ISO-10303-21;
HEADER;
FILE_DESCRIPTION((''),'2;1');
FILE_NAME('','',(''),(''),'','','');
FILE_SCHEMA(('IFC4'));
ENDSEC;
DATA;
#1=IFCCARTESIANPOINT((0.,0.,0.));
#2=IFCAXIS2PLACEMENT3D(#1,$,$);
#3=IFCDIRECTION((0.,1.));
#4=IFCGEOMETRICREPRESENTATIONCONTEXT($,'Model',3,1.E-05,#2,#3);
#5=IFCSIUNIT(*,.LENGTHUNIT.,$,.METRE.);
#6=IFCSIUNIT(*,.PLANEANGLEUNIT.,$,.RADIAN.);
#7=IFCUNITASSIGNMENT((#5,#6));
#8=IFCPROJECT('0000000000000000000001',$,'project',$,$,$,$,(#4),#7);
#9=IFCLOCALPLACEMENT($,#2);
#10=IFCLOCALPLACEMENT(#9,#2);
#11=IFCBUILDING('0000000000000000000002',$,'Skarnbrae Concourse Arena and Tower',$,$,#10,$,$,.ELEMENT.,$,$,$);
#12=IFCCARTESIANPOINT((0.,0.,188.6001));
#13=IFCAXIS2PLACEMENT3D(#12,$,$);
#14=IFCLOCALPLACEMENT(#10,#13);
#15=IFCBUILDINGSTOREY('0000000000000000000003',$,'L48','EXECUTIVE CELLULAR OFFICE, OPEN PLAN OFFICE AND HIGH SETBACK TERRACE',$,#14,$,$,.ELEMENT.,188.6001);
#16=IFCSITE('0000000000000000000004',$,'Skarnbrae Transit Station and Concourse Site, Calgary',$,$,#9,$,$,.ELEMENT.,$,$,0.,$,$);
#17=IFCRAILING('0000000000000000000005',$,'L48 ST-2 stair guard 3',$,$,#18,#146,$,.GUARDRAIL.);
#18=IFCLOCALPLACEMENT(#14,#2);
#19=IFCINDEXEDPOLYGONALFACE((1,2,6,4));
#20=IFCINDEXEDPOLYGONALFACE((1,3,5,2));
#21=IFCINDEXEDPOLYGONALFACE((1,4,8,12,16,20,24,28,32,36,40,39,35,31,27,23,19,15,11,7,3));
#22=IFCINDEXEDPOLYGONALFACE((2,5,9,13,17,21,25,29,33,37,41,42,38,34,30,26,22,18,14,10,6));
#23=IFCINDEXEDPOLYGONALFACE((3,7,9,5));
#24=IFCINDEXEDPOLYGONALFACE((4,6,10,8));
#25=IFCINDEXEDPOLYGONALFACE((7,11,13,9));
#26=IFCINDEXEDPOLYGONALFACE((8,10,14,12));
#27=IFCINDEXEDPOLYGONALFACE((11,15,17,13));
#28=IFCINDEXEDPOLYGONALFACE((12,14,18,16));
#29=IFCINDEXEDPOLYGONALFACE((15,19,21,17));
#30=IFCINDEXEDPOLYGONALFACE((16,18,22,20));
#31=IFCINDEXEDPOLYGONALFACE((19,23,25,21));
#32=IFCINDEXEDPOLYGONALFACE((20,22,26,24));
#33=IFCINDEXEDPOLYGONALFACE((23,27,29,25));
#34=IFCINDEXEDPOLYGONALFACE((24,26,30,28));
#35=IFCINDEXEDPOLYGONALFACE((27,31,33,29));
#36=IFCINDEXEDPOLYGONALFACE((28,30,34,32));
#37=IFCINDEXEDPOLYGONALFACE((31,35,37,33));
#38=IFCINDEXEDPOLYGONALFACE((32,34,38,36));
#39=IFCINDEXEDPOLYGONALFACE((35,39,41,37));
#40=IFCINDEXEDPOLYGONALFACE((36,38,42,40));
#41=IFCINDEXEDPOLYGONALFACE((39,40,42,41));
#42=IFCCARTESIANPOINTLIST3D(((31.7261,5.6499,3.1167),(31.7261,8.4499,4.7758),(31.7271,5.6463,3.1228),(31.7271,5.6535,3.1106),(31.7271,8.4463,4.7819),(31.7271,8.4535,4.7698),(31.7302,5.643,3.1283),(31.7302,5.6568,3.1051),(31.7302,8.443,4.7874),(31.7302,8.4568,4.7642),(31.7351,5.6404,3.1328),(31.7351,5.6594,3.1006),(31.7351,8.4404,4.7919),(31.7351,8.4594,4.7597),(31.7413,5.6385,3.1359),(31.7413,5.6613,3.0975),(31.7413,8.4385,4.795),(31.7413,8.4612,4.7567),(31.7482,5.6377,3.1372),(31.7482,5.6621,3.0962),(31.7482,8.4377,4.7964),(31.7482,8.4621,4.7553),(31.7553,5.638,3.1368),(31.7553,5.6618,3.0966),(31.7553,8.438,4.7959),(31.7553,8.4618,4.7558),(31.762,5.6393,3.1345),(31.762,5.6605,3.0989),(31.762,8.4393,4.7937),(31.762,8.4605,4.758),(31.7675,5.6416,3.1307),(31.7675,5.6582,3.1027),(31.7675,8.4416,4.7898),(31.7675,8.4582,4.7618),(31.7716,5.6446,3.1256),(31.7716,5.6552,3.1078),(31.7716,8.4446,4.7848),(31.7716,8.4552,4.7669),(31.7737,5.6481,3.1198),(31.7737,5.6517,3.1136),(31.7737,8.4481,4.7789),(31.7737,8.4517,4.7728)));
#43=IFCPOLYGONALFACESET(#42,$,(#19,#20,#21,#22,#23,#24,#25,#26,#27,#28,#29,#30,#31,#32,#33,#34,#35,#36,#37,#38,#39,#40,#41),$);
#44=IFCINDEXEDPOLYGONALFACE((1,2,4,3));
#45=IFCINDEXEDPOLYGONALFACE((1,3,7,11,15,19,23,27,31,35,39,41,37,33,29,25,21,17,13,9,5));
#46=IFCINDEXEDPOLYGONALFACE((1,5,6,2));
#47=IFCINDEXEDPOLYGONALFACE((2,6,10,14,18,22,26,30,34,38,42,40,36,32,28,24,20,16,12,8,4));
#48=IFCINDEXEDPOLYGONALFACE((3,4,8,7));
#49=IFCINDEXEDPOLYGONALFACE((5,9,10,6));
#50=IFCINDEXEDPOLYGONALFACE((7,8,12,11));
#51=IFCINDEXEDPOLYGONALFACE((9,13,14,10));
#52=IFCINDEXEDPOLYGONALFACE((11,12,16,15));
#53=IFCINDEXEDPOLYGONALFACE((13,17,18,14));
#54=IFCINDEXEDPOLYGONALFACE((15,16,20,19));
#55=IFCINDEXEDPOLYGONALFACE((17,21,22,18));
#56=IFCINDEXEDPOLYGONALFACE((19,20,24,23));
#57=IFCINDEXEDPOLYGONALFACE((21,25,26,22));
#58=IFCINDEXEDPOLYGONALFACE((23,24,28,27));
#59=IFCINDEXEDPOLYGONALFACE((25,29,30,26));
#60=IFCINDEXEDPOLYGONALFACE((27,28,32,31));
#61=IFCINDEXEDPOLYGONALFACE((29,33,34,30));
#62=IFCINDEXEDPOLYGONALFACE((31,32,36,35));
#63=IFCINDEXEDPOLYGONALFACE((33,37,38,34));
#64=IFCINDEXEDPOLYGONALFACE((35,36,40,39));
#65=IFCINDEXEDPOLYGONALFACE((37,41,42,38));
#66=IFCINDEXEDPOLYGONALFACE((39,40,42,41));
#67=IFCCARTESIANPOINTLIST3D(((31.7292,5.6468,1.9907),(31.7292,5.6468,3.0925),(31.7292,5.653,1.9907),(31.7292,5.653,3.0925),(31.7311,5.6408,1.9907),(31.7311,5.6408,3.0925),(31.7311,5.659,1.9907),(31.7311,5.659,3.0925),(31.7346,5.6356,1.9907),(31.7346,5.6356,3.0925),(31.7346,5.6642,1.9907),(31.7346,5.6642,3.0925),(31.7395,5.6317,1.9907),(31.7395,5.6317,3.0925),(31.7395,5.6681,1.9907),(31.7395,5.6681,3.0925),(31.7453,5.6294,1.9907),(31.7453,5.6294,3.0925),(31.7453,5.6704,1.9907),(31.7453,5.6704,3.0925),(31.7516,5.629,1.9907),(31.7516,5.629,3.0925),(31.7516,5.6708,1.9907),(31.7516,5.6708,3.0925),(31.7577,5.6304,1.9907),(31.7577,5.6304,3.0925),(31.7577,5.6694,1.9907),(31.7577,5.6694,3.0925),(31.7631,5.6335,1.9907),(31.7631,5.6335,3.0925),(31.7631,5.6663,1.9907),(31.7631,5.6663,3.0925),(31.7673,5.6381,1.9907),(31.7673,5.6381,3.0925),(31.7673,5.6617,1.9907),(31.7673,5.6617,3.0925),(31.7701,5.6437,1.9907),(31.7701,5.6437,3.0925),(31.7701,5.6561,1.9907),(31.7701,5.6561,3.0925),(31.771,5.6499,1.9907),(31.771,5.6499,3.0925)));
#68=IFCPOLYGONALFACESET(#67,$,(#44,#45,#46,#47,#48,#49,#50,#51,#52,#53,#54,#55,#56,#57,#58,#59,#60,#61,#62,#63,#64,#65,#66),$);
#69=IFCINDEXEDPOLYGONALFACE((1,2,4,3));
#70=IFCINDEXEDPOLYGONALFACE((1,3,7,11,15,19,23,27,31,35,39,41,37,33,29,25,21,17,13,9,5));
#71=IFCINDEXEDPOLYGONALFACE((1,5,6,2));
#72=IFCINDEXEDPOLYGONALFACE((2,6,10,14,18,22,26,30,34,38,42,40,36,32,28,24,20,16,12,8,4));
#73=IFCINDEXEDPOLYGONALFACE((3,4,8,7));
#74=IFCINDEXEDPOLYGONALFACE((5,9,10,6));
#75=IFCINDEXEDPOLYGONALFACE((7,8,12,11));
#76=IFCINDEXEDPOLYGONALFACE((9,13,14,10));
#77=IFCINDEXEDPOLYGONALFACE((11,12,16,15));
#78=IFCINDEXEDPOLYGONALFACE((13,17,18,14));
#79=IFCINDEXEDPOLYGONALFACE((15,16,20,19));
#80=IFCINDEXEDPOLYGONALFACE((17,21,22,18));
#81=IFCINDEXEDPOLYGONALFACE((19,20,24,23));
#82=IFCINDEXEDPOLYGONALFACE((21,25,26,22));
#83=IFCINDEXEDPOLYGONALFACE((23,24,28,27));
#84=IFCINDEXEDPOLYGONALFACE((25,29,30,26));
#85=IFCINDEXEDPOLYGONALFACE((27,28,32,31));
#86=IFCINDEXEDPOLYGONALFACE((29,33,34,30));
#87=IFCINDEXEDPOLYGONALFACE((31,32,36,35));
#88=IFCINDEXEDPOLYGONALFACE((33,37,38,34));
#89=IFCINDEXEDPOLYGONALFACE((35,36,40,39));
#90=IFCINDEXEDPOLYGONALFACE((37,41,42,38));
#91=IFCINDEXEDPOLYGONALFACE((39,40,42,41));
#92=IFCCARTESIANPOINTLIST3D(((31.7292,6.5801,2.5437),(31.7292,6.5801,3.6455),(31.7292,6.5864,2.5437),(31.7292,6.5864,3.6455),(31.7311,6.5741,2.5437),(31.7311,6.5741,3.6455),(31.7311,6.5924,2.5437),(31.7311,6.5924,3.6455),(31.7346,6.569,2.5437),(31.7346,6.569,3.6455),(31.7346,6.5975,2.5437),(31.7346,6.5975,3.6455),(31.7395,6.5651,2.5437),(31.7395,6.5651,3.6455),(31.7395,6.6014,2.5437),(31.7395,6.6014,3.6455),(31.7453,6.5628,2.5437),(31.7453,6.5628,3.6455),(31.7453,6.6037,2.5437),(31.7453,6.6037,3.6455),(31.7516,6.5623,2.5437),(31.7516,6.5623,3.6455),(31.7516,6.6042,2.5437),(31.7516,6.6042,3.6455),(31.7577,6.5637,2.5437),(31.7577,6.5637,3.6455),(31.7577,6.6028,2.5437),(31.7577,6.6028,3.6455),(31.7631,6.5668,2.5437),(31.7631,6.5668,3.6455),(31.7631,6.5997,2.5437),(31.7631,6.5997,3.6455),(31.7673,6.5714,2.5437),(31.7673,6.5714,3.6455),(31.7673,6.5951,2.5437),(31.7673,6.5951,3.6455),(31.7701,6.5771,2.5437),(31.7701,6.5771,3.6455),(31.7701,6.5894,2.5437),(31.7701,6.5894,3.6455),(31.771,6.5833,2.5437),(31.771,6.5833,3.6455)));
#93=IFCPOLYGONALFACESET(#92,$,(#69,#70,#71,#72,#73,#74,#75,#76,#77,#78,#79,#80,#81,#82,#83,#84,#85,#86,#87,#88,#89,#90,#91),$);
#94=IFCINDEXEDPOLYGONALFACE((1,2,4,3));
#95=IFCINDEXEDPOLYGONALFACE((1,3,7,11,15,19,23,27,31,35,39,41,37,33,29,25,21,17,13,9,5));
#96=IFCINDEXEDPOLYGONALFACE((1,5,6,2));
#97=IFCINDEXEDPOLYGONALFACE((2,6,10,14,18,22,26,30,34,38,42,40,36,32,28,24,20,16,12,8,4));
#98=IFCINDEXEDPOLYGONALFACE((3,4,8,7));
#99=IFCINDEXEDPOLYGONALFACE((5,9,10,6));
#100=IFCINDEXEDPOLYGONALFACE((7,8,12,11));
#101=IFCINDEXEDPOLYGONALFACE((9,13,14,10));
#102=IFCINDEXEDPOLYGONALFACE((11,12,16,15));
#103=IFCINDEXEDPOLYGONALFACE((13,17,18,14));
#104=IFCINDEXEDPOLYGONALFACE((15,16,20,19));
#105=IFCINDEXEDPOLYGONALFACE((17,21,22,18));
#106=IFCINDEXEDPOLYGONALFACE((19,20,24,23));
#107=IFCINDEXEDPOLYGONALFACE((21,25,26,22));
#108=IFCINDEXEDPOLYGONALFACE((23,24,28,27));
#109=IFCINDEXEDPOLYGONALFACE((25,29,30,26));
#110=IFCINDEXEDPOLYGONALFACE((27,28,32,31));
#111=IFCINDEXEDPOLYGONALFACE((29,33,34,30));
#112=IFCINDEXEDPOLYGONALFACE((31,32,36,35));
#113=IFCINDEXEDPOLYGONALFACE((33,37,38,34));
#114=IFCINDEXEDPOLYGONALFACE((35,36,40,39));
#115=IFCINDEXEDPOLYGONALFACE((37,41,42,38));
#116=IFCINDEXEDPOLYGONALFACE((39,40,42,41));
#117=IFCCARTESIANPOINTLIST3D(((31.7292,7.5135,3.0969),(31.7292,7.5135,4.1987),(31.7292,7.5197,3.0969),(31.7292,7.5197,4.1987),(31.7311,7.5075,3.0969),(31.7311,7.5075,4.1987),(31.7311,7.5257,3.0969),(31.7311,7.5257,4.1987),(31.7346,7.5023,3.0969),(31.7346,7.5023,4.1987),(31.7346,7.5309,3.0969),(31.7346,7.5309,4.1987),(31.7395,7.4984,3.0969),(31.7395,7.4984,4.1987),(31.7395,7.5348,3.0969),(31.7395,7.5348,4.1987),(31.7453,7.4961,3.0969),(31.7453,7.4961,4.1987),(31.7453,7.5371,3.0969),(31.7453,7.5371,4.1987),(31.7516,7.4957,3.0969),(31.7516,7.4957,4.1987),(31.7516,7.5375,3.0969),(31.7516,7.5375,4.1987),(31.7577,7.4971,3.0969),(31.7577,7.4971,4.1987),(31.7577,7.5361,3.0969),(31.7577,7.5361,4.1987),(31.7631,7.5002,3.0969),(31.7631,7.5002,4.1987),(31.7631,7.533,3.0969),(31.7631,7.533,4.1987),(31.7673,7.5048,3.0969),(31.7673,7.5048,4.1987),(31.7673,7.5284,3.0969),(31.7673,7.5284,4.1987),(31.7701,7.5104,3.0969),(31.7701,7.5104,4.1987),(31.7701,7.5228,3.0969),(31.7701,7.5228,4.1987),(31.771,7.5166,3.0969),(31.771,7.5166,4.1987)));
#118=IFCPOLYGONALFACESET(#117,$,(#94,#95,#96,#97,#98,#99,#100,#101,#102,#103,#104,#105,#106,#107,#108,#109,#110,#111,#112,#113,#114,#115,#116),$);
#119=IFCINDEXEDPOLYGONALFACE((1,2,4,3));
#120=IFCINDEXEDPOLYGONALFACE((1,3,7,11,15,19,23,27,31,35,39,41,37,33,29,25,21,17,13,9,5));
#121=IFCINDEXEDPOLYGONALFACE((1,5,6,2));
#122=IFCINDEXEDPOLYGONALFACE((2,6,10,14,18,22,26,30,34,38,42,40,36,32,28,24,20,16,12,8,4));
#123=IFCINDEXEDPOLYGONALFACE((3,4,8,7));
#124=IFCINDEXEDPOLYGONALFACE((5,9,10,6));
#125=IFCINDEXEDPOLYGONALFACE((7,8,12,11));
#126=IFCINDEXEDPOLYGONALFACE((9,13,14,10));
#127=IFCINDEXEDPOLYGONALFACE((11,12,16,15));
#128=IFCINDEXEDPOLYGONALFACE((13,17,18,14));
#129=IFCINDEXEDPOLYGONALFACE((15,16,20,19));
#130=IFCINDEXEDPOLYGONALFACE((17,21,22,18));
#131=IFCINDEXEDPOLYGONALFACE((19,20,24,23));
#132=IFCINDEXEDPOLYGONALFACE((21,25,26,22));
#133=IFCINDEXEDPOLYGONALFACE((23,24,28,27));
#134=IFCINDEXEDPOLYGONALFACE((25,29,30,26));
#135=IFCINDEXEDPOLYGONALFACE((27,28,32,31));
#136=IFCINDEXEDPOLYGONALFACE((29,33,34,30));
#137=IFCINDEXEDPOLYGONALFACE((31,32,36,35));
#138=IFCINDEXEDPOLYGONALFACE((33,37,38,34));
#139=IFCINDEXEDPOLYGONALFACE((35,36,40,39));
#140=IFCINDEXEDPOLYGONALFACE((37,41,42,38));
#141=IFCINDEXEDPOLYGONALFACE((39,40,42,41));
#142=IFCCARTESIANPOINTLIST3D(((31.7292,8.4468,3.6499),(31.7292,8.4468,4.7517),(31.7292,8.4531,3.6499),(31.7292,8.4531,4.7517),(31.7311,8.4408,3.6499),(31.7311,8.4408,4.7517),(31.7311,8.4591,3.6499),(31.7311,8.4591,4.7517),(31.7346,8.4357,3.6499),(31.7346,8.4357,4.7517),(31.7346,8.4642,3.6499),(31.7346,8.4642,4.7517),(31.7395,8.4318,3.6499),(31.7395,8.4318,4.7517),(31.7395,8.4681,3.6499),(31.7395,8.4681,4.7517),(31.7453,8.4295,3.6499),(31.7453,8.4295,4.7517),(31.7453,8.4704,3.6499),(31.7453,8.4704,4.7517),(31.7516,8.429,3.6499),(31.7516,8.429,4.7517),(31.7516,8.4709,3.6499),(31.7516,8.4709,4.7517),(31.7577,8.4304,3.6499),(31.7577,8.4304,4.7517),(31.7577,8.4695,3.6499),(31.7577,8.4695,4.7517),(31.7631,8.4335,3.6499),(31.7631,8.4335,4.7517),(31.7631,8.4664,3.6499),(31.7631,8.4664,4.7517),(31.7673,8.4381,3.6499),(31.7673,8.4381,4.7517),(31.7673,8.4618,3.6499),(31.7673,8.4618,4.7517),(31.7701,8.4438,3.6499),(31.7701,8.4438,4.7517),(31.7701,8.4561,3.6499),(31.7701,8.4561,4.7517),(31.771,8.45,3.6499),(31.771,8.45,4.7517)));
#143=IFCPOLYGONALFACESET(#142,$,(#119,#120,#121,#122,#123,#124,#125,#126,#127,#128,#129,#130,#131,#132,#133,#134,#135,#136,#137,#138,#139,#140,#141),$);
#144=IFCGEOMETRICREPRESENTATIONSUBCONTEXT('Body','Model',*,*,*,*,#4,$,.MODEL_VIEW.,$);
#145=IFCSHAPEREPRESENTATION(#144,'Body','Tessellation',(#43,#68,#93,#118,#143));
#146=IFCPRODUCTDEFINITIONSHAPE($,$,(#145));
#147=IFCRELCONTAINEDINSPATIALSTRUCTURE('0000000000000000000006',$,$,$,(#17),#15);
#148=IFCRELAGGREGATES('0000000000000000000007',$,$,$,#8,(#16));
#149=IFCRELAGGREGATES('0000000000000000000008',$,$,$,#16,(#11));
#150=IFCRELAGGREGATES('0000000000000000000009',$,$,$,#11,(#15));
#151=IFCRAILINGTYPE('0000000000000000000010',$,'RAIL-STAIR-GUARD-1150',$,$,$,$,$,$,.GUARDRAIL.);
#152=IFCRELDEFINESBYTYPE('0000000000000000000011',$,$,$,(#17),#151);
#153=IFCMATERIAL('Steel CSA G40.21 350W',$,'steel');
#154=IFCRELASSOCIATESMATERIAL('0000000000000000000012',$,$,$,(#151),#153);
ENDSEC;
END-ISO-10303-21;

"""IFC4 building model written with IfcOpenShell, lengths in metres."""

from ifc_helpers import new_model, si_unit, direction, frame, origin, origin_2d, place, context, subcontext, project, spatial, circle, extrude, material, type_object, element, save


model = new_model("IFC4")

# Units and contexts
model_context = context("Model", 3, precision=1e-05, world=origin(), true_north=direction((0.0, 1.0)))
body_context = subcontext(model_context, "Body", "Model", "MODEL_VIEW")
ifc_project = project(units=[si_unit("LENGTHUNIT", "METRE"), si_unit("PLANEANGLEUNIT", "RADIAN")], contexts=[model_context])

# Site, building, storey
site_placement = place(None, origin())
site = spatial("IfcSite", under=ifc_project, at=site_placement, Name="Skarnbrae Transit Station and Concourse Site, Calgary", CompositionType="ELEMENT", RefElevation=0.0)
building_placement = place(site_placement, origin())
building = spatial("IfcBuilding", under=site, at=building_placement, Name="Skarnbrae Concourse Arena and Tower", CompositionType="ELEMENT")
storey_placement = place(building_placement, frame((0.0, 0.0, 188.6001)))
storey = spatial("IfcBuildingStorey", under=building, at=storey_placement, Name="L48", Description="EXECUTIVE CELLULAR OFFICE, OPEN PLAN OFFICE AND HIGH SETBACK TERRACE", CompositionType="ELEMENT", Elevation=188.6001)

# Shared definitions
ifc_material_1 = material(Name="Steel CSA G40.21 350W", Category="steel")

# Railing
railing_type_1 = type_object("IfcRailingType", Name="RAIL-STAIR-GUARD-1150", PredefinedType="GUARDRAIL", material=ifc_material_1)
railing_1_placement = place(storey_placement, frame((31.75, 5.6499, 1.9907)))
element("IfcRailing", 1, at=railing_1_placement, inside=storey, type_object=railing_type_1, Name="L48 ST-2 stair guard 3", PredefinedType="GUARDRAIL", context=body_context, shape_type="SweptSolid", body=[
    extrude(circle(Radius=0.0239, at=origin_2d()), frame((0.0, 0.0, 1.126), z_axis=(0.0, 0.860306, 0.509778), x_axis=(-1.0, 0.0, 0.0)), (0.0, 0.0, 1.0), 3.2546),
    extrude(circle(Radius=0.021, at=origin_2d()), origin(), (0.0, 0.0, 1.0), 1.1018),
    extrude(circle(Radius=0.021, at=origin_2d()), frame((0.0, 0.9333, 0.553)), (0.0, 0.0, 1.0), 1.1018),
    extrude(circle(Radius=0.021, at=origin_2d()), frame((0.0, 1.8667, 1.1062)), (0.0, 0.0, 1.0), 1.1018),
    extrude(circle(Radius=0.021, at=origin_2d()), frame((0.0, 2.8, 1.6592)), (0.0, 0.0, 1.0), 1.1018),
])

save(model, "model.ifc")
